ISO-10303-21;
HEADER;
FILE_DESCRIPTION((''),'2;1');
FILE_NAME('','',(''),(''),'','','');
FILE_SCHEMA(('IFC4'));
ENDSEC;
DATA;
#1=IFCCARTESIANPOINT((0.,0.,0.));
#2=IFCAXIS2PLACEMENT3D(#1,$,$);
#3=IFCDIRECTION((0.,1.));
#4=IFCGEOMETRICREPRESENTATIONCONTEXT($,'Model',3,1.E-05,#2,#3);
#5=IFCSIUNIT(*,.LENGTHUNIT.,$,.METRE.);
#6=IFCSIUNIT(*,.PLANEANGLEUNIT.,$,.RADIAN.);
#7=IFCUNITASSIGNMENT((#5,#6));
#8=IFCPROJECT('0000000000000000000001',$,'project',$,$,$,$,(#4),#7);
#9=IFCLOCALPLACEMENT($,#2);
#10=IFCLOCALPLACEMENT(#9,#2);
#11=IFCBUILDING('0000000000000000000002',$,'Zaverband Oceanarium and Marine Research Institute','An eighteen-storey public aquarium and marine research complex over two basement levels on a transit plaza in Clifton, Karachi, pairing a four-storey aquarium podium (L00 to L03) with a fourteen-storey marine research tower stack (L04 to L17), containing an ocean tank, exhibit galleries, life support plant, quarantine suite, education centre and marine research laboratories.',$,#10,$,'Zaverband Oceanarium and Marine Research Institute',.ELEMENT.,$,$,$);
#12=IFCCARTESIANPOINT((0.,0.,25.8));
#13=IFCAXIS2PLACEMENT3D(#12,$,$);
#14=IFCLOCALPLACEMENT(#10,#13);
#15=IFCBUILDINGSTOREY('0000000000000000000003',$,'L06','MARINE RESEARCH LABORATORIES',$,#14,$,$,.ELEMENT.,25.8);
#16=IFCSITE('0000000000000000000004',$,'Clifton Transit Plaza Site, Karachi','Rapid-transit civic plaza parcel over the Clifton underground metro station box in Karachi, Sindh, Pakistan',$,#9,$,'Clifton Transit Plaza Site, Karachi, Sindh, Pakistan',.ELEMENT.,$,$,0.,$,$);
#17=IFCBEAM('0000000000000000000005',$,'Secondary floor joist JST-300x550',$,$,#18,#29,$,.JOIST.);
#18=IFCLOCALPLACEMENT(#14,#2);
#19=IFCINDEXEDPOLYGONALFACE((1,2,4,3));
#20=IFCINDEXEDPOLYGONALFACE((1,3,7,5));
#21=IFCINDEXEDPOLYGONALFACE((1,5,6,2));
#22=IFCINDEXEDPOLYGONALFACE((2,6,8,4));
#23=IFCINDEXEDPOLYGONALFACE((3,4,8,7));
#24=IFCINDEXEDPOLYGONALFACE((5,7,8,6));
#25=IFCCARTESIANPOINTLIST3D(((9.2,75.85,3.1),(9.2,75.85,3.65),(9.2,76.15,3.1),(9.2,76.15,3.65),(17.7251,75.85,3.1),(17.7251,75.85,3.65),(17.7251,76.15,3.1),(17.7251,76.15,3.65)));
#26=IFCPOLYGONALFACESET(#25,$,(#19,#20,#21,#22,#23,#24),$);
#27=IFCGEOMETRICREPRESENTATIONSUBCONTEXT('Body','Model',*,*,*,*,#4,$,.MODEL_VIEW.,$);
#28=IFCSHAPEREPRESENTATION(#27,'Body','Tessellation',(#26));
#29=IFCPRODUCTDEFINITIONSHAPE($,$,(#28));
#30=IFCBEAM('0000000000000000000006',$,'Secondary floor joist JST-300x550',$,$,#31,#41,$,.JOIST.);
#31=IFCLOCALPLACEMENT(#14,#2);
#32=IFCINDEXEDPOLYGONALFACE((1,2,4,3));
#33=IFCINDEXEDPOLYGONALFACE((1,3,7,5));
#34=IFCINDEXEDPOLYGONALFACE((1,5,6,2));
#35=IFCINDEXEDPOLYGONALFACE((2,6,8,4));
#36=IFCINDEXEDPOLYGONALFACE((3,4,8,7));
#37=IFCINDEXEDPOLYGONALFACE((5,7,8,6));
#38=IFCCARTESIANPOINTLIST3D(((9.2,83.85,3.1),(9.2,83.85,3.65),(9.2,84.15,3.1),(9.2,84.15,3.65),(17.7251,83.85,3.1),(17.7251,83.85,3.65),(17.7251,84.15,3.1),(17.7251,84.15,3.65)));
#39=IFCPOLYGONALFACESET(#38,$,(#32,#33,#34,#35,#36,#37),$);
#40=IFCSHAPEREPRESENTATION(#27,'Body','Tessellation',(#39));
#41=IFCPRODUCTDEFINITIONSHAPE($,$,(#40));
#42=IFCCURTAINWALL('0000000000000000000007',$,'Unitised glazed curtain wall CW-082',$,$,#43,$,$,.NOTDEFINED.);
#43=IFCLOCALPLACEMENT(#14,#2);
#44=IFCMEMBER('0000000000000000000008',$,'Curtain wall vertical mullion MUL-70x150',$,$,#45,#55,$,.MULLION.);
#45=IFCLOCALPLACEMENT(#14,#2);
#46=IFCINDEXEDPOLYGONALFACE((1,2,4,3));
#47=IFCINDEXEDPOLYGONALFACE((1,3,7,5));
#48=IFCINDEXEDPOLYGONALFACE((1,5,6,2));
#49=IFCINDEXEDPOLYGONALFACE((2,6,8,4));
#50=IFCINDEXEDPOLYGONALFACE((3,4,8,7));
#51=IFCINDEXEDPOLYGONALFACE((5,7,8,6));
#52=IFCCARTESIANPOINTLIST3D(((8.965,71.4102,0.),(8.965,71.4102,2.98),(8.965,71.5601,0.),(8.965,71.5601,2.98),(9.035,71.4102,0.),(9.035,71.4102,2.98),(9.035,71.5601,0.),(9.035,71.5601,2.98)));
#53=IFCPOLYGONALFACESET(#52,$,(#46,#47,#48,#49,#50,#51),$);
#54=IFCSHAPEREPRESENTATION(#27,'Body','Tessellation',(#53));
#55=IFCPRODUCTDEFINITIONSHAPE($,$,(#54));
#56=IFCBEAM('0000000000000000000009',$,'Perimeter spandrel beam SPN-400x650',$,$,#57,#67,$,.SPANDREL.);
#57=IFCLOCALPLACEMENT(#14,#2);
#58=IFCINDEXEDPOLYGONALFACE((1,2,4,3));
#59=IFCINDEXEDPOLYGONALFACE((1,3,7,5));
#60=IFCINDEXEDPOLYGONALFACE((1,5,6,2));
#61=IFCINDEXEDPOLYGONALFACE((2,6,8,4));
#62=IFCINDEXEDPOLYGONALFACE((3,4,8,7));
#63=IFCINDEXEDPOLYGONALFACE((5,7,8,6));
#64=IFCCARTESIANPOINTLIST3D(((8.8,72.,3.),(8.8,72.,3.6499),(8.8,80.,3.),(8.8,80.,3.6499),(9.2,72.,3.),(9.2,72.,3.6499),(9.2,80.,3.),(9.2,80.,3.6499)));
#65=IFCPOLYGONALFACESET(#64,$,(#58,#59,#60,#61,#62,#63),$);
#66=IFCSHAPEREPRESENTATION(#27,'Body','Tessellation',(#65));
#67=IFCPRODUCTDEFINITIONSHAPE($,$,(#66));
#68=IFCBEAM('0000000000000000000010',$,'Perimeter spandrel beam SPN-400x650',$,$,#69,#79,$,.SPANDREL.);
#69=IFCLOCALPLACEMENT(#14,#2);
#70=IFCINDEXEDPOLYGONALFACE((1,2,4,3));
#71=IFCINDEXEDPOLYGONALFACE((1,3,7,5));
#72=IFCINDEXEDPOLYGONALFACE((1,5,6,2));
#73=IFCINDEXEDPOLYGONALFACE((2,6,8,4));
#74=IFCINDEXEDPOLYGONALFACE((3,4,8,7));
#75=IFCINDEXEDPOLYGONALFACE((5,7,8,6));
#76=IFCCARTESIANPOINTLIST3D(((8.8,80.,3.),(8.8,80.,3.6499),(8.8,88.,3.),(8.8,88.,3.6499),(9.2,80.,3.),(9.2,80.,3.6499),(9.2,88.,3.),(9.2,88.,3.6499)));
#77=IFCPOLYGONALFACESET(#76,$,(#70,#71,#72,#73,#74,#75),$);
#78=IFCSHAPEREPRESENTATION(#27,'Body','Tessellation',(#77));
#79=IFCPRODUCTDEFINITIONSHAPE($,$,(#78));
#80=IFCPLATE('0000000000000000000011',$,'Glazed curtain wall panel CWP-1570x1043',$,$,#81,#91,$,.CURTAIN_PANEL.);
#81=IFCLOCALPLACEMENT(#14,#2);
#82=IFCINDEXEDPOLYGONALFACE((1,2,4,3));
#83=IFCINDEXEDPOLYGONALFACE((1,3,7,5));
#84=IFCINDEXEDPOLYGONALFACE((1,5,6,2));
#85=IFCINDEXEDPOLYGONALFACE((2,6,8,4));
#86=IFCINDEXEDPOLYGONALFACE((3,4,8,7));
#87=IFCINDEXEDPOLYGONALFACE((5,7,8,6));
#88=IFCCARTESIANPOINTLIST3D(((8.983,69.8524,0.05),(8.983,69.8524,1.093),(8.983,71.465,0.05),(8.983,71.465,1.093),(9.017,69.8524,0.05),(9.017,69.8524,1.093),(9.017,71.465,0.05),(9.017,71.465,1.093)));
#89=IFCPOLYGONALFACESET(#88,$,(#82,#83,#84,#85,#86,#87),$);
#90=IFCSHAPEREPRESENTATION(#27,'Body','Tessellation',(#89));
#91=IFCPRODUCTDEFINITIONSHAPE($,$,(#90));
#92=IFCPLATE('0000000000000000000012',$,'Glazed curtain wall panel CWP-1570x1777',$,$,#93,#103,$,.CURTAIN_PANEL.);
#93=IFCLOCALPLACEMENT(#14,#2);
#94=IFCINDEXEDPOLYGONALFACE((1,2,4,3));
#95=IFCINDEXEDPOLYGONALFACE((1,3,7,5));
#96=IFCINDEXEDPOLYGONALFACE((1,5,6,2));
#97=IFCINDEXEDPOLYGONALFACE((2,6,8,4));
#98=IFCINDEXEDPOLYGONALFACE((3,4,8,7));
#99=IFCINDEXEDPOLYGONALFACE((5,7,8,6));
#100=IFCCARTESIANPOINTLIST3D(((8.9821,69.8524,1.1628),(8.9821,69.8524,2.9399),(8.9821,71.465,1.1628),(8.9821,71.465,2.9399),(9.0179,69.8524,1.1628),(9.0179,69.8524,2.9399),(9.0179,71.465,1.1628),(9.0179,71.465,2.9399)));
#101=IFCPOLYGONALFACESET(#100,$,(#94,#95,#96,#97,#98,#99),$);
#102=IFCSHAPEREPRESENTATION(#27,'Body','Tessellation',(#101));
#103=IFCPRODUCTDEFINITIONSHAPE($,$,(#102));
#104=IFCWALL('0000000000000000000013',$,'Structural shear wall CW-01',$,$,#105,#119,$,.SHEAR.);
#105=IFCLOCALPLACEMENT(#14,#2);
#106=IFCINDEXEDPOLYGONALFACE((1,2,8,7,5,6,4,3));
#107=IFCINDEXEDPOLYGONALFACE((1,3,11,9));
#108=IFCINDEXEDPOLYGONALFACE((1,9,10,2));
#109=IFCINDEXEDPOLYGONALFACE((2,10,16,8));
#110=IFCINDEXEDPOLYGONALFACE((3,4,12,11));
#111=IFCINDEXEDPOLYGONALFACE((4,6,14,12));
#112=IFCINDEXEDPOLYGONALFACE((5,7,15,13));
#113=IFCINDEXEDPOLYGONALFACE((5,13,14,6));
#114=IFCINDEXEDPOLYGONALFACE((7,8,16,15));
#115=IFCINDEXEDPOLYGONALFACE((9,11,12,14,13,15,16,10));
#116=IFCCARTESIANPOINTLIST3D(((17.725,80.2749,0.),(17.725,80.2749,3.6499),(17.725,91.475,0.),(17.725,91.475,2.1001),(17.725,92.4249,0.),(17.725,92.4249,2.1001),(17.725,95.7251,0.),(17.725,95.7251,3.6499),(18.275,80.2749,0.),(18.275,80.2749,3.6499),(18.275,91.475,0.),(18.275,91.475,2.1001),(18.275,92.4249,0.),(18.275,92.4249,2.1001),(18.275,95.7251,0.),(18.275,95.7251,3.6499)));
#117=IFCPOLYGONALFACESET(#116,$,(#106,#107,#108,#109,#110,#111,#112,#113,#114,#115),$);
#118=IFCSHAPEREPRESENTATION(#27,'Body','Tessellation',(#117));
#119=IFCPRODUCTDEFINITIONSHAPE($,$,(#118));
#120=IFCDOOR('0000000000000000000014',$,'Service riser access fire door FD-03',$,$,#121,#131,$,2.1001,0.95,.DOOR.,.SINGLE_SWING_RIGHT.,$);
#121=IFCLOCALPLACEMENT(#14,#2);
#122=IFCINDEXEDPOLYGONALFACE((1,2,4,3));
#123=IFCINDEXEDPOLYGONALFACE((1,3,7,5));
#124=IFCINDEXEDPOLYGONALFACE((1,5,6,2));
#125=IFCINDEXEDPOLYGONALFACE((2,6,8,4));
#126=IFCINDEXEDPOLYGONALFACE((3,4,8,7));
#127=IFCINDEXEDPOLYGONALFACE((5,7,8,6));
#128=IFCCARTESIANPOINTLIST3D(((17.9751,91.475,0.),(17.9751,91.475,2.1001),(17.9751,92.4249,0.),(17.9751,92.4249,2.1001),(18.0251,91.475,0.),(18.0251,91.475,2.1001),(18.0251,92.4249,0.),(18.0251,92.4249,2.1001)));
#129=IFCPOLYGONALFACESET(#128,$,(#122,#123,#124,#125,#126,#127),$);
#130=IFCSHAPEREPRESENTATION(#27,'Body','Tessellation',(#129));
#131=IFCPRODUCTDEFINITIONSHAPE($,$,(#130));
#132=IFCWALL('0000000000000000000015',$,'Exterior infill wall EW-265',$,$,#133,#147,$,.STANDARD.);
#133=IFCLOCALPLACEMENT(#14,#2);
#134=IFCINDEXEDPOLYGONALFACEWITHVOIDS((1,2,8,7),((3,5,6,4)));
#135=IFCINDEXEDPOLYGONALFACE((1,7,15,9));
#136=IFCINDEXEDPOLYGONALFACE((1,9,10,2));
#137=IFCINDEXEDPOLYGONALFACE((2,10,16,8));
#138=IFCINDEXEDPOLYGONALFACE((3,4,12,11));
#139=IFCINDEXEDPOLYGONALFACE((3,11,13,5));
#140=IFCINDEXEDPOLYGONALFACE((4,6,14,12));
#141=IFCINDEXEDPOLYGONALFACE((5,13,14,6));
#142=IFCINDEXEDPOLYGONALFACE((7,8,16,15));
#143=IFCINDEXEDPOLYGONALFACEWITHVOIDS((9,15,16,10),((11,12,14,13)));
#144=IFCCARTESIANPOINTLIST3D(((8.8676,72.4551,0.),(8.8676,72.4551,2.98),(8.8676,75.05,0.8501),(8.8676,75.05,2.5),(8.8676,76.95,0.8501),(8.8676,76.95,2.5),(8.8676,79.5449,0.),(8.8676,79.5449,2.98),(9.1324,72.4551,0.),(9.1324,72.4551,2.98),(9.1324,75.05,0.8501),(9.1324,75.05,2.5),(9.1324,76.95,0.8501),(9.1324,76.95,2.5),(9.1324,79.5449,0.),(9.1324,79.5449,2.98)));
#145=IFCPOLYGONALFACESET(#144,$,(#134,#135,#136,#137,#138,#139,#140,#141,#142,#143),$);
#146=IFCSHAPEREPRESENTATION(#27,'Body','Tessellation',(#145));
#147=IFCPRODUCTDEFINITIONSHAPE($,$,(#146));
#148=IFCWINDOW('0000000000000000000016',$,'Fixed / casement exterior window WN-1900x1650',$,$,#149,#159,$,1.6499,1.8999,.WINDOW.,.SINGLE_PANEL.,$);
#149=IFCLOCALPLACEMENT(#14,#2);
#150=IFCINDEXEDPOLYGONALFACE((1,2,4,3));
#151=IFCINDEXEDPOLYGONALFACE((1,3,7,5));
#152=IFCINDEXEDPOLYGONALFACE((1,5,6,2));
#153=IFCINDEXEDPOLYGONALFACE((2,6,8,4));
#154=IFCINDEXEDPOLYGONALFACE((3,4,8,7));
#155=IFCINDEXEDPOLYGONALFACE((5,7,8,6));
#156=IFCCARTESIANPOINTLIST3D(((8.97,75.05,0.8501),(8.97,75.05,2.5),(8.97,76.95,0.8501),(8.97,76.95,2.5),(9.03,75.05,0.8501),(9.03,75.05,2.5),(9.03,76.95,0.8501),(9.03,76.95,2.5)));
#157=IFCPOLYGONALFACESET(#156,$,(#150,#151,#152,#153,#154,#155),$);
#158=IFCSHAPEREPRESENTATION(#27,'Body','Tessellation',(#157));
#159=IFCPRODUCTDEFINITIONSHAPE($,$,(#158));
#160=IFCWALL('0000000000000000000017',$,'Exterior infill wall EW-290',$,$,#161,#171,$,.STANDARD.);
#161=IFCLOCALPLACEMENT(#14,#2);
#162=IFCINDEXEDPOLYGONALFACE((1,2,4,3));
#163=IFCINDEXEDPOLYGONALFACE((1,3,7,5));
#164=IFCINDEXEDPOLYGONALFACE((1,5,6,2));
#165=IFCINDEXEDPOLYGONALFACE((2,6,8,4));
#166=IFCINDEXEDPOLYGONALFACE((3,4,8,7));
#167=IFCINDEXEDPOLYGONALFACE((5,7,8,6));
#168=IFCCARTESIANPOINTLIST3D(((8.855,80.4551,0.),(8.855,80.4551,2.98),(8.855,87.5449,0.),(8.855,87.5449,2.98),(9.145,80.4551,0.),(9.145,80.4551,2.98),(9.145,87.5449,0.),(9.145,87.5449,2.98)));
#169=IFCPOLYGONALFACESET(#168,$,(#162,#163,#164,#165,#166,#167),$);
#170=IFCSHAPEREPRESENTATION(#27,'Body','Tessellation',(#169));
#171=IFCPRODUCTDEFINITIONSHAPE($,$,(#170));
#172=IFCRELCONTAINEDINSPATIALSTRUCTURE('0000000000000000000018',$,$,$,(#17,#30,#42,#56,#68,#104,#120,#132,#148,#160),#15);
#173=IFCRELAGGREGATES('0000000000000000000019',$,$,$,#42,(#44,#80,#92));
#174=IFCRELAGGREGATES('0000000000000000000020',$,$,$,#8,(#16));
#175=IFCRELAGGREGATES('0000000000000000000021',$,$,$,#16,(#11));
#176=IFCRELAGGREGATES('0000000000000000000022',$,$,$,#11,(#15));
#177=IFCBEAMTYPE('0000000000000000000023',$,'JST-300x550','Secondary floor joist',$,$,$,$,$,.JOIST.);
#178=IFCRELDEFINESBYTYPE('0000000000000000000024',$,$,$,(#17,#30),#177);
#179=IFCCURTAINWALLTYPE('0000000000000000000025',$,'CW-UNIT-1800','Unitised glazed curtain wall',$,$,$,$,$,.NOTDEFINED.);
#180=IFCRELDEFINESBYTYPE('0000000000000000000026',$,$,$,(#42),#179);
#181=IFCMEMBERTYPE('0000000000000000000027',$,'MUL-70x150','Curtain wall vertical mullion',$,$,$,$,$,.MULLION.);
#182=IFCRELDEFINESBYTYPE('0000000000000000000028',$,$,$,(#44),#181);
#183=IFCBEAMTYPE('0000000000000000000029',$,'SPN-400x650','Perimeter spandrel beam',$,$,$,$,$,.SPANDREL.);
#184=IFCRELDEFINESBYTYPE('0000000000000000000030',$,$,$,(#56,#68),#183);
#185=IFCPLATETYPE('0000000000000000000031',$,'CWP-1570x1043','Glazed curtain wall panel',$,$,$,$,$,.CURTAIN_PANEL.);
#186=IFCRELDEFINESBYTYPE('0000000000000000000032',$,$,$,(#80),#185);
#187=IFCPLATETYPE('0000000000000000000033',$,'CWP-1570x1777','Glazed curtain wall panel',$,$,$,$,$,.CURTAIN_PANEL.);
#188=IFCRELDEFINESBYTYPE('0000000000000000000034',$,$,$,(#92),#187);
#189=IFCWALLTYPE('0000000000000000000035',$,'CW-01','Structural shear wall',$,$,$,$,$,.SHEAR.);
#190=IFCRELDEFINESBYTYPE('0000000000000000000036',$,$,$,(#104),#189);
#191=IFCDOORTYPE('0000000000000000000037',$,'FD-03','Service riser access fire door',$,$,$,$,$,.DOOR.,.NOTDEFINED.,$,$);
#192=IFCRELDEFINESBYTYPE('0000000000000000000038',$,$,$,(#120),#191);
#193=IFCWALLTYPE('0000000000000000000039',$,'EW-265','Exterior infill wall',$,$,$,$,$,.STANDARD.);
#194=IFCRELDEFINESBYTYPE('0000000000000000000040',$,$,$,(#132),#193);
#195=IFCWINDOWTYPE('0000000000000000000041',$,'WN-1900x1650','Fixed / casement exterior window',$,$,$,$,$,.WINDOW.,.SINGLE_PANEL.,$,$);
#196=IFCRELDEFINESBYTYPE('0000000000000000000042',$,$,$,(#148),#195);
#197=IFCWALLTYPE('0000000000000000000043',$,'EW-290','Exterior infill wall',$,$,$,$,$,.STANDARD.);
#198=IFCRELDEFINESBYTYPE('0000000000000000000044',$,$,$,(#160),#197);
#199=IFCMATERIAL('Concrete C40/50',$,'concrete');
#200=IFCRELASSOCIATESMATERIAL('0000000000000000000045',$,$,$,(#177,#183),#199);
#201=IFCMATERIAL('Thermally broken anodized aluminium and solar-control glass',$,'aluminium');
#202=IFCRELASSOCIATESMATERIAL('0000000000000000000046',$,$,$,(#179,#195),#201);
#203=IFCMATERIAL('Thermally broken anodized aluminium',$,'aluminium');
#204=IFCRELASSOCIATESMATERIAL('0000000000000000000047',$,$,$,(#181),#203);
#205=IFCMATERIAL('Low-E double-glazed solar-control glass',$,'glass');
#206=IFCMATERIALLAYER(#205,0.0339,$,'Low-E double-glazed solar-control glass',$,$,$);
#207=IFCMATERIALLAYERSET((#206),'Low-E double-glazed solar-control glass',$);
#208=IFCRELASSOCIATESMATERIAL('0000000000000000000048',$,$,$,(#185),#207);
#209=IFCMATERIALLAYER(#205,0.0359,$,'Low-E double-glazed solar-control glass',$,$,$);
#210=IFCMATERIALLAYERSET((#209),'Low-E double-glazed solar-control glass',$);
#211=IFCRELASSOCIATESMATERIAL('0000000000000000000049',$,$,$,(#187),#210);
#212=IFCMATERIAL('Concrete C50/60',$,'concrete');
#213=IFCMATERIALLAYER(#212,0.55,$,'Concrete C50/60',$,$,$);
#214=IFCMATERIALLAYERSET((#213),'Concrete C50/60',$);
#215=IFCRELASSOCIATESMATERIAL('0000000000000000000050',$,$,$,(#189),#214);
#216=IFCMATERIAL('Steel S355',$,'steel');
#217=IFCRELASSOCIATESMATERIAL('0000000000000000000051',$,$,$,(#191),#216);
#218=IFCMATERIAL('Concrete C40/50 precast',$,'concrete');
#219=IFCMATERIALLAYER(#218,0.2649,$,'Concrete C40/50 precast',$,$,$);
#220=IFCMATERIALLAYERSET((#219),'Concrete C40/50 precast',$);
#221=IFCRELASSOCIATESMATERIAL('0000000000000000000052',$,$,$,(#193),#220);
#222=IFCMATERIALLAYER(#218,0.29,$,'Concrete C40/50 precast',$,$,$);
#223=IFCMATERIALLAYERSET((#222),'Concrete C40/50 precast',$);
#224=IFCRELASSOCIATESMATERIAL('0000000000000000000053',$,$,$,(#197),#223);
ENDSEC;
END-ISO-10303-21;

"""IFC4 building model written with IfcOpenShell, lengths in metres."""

from ifc_helpers import new_model, si_unit, direction, frame, frame_2d, origin, origin_2d, place, context, subcontext, project, spatial, rectangle, extrude, material, layer, layer_set, material_profile, profile_set, type_object, element, fill, aggregate, save


model = new_model("IFC4")

# Units and contexts
model_context = context("Model", 3, precision=1e-05, world=origin(), true_north=direction((0.0, 1.0)))
body_context = subcontext(model_context, "Body", "Model", "MODEL_VIEW")
ifc_project = project(units=[si_unit("LENGTHUNIT", "METRE"), si_unit("PLANEANGLEUNIT", "RADIAN")], contexts=[model_context])

# Site, building, storey
site_placement = place(None, origin())
site = spatial("IfcSite", under=ifc_project, at=site_placement, Name="Clifton Transit Plaza Site, Karachi", Description="Rapid-transit civic plaza parcel over the Clifton underground metro station box in Karachi, Sindh, Pakistan", LongName="Clifton Transit Plaza Site, Karachi, Sindh, Pakistan", CompositionType="ELEMENT", RefElevation=0.0)
building_placement = place(site_placement, origin())
building = spatial("IfcBuilding", under=site, at=building_placement, Name="Zaverband Oceanarium and Marine Research Institute", Description="An eighteen-storey public aquarium and marine research complex over two basement levels on a transit plaza in Clifton, Karachi, pairing a four-storey aquarium podium (L00 to L03) with a fourteen-storey marine research tower stack (L04 to L17), containing an ocean tank, exhibit galleries, life support plant, quarantine suite, education centre and marine research laboratories.", LongName="Zaverband Oceanarium and Marine Research Institute", CompositionType="ELEMENT")
storey_placement = place(building_placement, frame((0.0, 0.0, 25.8)))
storey = spatial("IfcBuildingStorey", under=building, at=storey_placement, Name="L06", Description="MARINE RESEARCH LABORATORIES", CompositionType="ELEMENT", Elevation=25.8)

# Shared definitions
ifc_material_1 = material(Name="Concrete C50/60", Category="concrete")

# Shared definitions
ifc_material_2 = material(Name="Concrete C40/50", Category="concrete")

# Shared definitions
ifc_material_3 = material(Name="Steel S355", Category="steel")

# Beams
ifc_material_profile_1 = material_profile(ifc_material_2, rectangle(XDim=0.3, YDim=0.55, at=origin_2d()), Name="RC300x550")
ifc_profile_set_1 = profile_set([ifc_material_profile_1], Name="Concrete C40/50")
beam_type_1 = type_object("IfcBeamType", Name="JST-300x550", Description="Secondary floor joist", PredefinedType="JOIST", material=ifc_profile_set_1)
for number, where, z_axis, x_axis, name in (
    (1, (9.2, 76.0, 3.375), (1.0, 0.0, 0.0), (0.0, 1.0, 0.0), "Secondary floor joist JST-300x550"),
    (2, (9.2, 84.0, 3.375), (1.0, 0.0, 0.0), (0.0, 1.0, 0.0), "Secondary floor joist JST-300x550"),
):
    element("IfcBeam", number, at=place(storey_placement, frame(where, z_axis=z_axis, x_axis=x_axis)), inside=storey, type_object=beam_type_1, Name=name, PredefinedType="JOIST", context=body_context, shape_type="SweptSolid", body=[
        extrude(rectangle(XDim=0.3, YDim=0.55, at=origin_2d()), origin(), (0.0, 0.0, 1.0), 8.5251),
    ])

# Curtain wall, member
ifc_material_4 = material(Name="Thermally broken anodized aluminium and solar-control glass", Category="aluminium")
curtain_wall_type = type_object("IfcCurtainWallType", Name="CW-UNIT-1800", Description="Unitised glazed curtain wall", PredefinedType="NOTDEFINED", material=ifc_material_4)
curtain_wall_placement = place(storey_placement, origin())
curtain_wall = element("IfcCurtainWall", 3, at=curtain_wall_placement, inside=storey, type_object=curtain_wall_type, Name="Unitised glazed curtain wall CW-082", PredefinedType="NOTDEFINED")
ifc_material_5 = material(Name="Thermally broken anodized aluminium", Category="aluminium")
ifc_material_profile_2 = material_profile(ifc_material_5, rectangle(XDim=0.0701, YDim=0.1499, at=origin_2d()), Name="AL-MUL-70x150")
ifc_profile_set_2 = profile_set([ifc_material_profile_2], Name="Thermally broken anodized aluminium")
member_type_1 = type_object("IfcMemberType", Name="MUL-70x150", Description="Curtain wall vertical mullion", PredefinedType="MULLION", material=ifc_profile_set_2)
member_1_placement = place(storey_placement, frame((9.0, 71.4851, 0.0), z_axis=(0.0, 0.0, 1.0), x_axis=(1.0, 0.0, 0.0)))
member_1 = element("IfcMember", 4, at=member_1_placement, type_object=member_type_1, Name="Curtain wall vertical mullion MUL-70x150", PredefinedType="MULLION", context=body_context, shape_type="SweptSolid", body=[
    extrude(rectangle(XDim=0.0701, YDim=0.1499, at=origin_2d()), origin(), (0.0, 0.0, 1.0), 2.98),
])

# Beams
ifc_material_profile_3 = material_profile(ifc_material_2, rectangle(XDim=0.3999, YDim=0.6499, at=origin_2d()), Name="RC400x650")
ifc_profile_set_3 = profile_set([ifc_material_profile_3], Name="Concrete C40/50")
beam_type_2 = type_object("IfcBeamType", Name="SPN-400x650", Description="Perimeter spandrel beam", PredefinedType="SPANDREL", material=ifc_profile_set_3)
for number, where, z_axis, x_axis, name in (
    (5, (9.0, 72.0, 3.325), (0.0, 1.0, 0.0), (-1.0, 0.0, 0.0), "Perimeter spandrel beam SPN-400x650"),
    (6, (9.0, 80.0, 3.325), (0.0, 1.0, 0.0), (-1.0, 0.0, 0.0), "Perimeter spandrel beam SPN-400x650"),
):
    element("IfcBeam", number, at=place(storey_placement, frame(where, z_axis=z_axis, x_axis=x_axis)), inside=storey, type_object=beam_type_2, Name=name, PredefinedType="SPANDREL", context=body_context, shape_type="SweptSolid", body=[
        extrude(rectangle(XDim=0.3999, YDim=0.6499, at=origin_2d()), origin(), (0.0, 0.0, 1.0), 8.0),
    ])

# Plates
ifc_material_6 = material(Name="Low-E double-glazed solar-control glass", Category="glass")
ifc_layer_1 = layer(ifc_material_6, 0.0339, Name="Low-E double-glazed solar-control glass")
ifc_layer_set_1 = layer_set([ifc_layer_1], Name="Low-E double-glazed solar-control glass")
plate_type_1 = type_object("IfcPlateType", Name="CWP-1570x1043", Description="Glazed curtain wall panel", PredefinedType="CURTAIN_PANEL", material=ifc_layer_set_1)
plate_1_placement = place(storey_placement, frame((9.0, 69.8525, 0.05), z_axis=(0.0, 0.0, 1.0), x_axis=(0.0, 1.0, 0.0)))
plate_1 = element("IfcPlate", 7, at=plate_1_placement, type_object=plate_type_1, Name="Glazed curtain wall panel CWP-1570x1043", PredefinedType="CURTAIN_PANEL", context=body_context, shape_type="SweptSolid", body=[
    extrude(rectangle(XDim=1.6125, YDim=0.0339, at=frame_2d((0.8062, 0.0))), origin(), (0.0, 0.0, 1.0), 1.043),
])
ifc_layer_2 = layer(ifc_material_6, 0.0359, Name="Low-E double-glazed solar-control glass")
ifc_layer_set_2 = layer_set([ifc_layer_2], Name="Low-E double-glazed solar-control glass")
plate_type_2 = type_object("IfcPlateType", Name="CWP-1570x1777", Description="Glazed curtain wall panel", PredefinedType="CURTAIN_PANEL", material=ifc_layer_set_2)
plate_2_placement = place(storey_placement, frame((9.0, 69.8525, 1.1628), z_axis=(0.0, 0.0, 1.0), x_axis=(0.0, 1.0, 0.0)))
plate_2 = element("IfcPlate", 8, at=plate_2_placement, type_object=plate_type_2, Name="Glazed curtain wall panel CWP-1570x1777", PredefinedType="CURTAIN_PANEL", context=body_context, shape_type="SweptSolid", body=[
    extrude(rectangle(XDim=1.6125, YDim=0.0359, at=frame_2d((0.8062, 0.0))), origin(), (0.0, 0.0, 1.0), 1.7771),
])
aggregate(curtain_wall, [member_1, plate_1, plate_2])

# Wall, opening, door
ifc_layer_3 = layer(ifc_material_1, 0.55, Name="Concrete C50/60")
ifc_layer_set_3 = layer_set([ifc_layer_3], Name="Concrete C50/60")
wall_type_1 = type_object("IfcWallType", Name="CW-01", Description="Structural shear wall", PredefinedType="SHEAR", material=ifc_layer_set_3)
wall_1_placement = place(storey_placement, frame((18.0, 80.2749, 0.0), z_axis=(0.0, 0.0, 1.0), x_axis=(0.0, 1.0, 0.0)))
wall_1 = element("IfcWall", 9, at=wall_1_placement, inside=storey, type_object=wall_type_1, Name="Structural shear wall CW-01", PredefinedType="SHEAR", context=body_context, shape_type="SweptSolid", body=[
    extrude(rectangle(XDim=15.4502, YDim=0.55, at=frame_2d((7.7251, 0.0))), origin(), (0.0, 0.0, 1.0), 3.6499),
])
opening_1_placement = place(wall_1_placement, frame((11.2, 0.0, 0.0)))
opening_1 = element("IfcOpeningElement", 10, at=opening_1_placement, cuts=wall_1, PredefinedType="OPENING", context=body_context, shape_type="SweptSolid", body=[
    extrude(rectangle(XDim=0.95, YDim=2.1001, at=frame_2d((0.4751, 1.05))), frame((0.0, 0.2871, 0.0), z_axis=(0.0, -1.0, 0.0), x_axis=(1.0, 0.0, 0.0)), (0.0, 0.0, 1.0), 0.574),
])
door_type = type_object("IfcDoorType", Name="FD-03", Description="Service riser access fire door", OperationType="NOTDEFINED", PredefinedType="DOOR", material=ifc_material_3)
door_placement = place(opening_1_placement, origin())
door = element("IfcDoor", 11, at=door_placement, inside=storey, type_object=door_type, Name="Service riser access fire door FD-03", OperationType="SINGLE_SWING_RIGHT", OverallHeight=2.1001, OverallWidth=0.95, PredefinedType="DOOR", context=body_context, shape_type="SweptSolid", body=[
    extrude(rectangle(XDim=0.95, YDim=2.1001, at=frame_2d((0.4751, 1.05))), frame((0.0, 0.0249, 0.0), z_axis=(0.0, -1.0, 0.0), x_axis=(1.0, 0.0, 0.0)), (0.0, 0.0, 1.0), 0.05),
])
fill(opening_1, door)

# Wall, opening, window
ifc_material_7 = material(Name="Concrete C40/50 precast", Category="concrete")
ifc_layer_4 = layer(ifc_material_7, 0.2649, Name="Concrete C40/50 precast")
ifc_layer_set_4 = layer_set([ifc_layer_4], Name="Concrete C40/50 precast")
wall_type_2 = type_object("IfcWallType", Name="EW-265", Description="Exterior infill wall", PredefinedType="STANDARD", material=ifc_layer_set_4)
wall_2_placement = place(storey_placement, frame((9.0, 72.4551, 0.0), z_axis=(0.0, 0.0, 1.0), x_axis=(0.0, 1.0, 0.0)))
wall_2 = element("IfcWall", 12, at=wall_2_placement, inside=storey, type_object=wall_type_2, Name="Exterior infill wall EW-265", PredefinedType="STANDARD", context=body_context, shape_type="SweptSolid", body=[
    extrude(rectangle(XDim=7.0898, YDim=0.2649, at=frame_2d((3.5449, 0.0))), origin(), (0.0, 0.0, 1.0), 2.98),
])
opening_2_placement = place(wall_2_placement, frame((2.595, 0.0, 0.8501)))
opening_2 = element("IfcOpeningElement", 13, at=opening_2_placement, cuts=wall_2, PredefinedType="OPENING", context=body_context, shape_type="SweptSolid", body=[
    extrude(rectangle(XDim=1.8999, YDim=1.6499, at=frame_2d((0.95, 0.825))), frame((0.0, 0.1445, 0.0), z_axis=(0.0, -1.0, 0.0), x_axis=(1.0, 0.0, 0.0)), (0.0, 0.0, 1.0), 0.2888),
])
window_type = type_object("IfcWindowType", Name="WN-1900x1650", Description="Fixed / casement exterior window", PartitioningType="SINGLE_PANEL", PredefinedType="WINDOW", material=ifc_material_4)
window_placement = place(opening_2_placement, origin())
window = element("IfcWindow", 14, at=window_placement, inside=storey, type_object=window_type, Name="Fixed / casement exterior window WN-1900x1650", OverallHeight=1.6499, OverallWidth=1.8999, PartitioningType="SINGLE_PANEL", PredefinedType="WINDOW", context=body_context, shape_type="SweptSolid", body=[
    extrude(rectangle(XDim=1.8999, YDim=1.6499, at=frame_2d((0.95, 0.825))), frame((0.0, 0.03, 0.0), z_axis=(0.0, -1.0, 0.0), x_axis=(1.0, 0.0, 0.0)), (0.0, 0.0, 1.0), 0.0601),
])
fill(opening_2, window)

# Wall
ifc_layer_5 = layer(ifc_material_7, 0.29, Name="Concrete C40/50 precast")
ifc_layer_set_5 = layer_set([ifc_layer_5], Name="Concrete C40/50 precast")
wall_type_3 = type_object("IfcWallType", Name="EW-290", Description="Exterior infill wall", PredefinedType="STANDARD", material=ifc_layer_set_5)
wall_3_placement = place(storey_placement, frame((9.0, 80.4551, 0.0), z_axis=(0.0, 0.0, 1.0), x_axis=(0.0, 1.0, 0.0)))
element("IfcWall", 15, at=wall_3_placement, inside=storey, type_object=wall_type_3, Name="Exterior infill wall EW-290", PredefinedType="STANDARD", context=body_context, shape_type="SweptSolid", body=[
    extrude(rectangle(XDim=7.0898, YDim=0.29, at=frame_2d((3.5449, 0.0))), origin(), (0.0, 0.0, 1.0), 2.98),
])

save(model, "model.ifc")
